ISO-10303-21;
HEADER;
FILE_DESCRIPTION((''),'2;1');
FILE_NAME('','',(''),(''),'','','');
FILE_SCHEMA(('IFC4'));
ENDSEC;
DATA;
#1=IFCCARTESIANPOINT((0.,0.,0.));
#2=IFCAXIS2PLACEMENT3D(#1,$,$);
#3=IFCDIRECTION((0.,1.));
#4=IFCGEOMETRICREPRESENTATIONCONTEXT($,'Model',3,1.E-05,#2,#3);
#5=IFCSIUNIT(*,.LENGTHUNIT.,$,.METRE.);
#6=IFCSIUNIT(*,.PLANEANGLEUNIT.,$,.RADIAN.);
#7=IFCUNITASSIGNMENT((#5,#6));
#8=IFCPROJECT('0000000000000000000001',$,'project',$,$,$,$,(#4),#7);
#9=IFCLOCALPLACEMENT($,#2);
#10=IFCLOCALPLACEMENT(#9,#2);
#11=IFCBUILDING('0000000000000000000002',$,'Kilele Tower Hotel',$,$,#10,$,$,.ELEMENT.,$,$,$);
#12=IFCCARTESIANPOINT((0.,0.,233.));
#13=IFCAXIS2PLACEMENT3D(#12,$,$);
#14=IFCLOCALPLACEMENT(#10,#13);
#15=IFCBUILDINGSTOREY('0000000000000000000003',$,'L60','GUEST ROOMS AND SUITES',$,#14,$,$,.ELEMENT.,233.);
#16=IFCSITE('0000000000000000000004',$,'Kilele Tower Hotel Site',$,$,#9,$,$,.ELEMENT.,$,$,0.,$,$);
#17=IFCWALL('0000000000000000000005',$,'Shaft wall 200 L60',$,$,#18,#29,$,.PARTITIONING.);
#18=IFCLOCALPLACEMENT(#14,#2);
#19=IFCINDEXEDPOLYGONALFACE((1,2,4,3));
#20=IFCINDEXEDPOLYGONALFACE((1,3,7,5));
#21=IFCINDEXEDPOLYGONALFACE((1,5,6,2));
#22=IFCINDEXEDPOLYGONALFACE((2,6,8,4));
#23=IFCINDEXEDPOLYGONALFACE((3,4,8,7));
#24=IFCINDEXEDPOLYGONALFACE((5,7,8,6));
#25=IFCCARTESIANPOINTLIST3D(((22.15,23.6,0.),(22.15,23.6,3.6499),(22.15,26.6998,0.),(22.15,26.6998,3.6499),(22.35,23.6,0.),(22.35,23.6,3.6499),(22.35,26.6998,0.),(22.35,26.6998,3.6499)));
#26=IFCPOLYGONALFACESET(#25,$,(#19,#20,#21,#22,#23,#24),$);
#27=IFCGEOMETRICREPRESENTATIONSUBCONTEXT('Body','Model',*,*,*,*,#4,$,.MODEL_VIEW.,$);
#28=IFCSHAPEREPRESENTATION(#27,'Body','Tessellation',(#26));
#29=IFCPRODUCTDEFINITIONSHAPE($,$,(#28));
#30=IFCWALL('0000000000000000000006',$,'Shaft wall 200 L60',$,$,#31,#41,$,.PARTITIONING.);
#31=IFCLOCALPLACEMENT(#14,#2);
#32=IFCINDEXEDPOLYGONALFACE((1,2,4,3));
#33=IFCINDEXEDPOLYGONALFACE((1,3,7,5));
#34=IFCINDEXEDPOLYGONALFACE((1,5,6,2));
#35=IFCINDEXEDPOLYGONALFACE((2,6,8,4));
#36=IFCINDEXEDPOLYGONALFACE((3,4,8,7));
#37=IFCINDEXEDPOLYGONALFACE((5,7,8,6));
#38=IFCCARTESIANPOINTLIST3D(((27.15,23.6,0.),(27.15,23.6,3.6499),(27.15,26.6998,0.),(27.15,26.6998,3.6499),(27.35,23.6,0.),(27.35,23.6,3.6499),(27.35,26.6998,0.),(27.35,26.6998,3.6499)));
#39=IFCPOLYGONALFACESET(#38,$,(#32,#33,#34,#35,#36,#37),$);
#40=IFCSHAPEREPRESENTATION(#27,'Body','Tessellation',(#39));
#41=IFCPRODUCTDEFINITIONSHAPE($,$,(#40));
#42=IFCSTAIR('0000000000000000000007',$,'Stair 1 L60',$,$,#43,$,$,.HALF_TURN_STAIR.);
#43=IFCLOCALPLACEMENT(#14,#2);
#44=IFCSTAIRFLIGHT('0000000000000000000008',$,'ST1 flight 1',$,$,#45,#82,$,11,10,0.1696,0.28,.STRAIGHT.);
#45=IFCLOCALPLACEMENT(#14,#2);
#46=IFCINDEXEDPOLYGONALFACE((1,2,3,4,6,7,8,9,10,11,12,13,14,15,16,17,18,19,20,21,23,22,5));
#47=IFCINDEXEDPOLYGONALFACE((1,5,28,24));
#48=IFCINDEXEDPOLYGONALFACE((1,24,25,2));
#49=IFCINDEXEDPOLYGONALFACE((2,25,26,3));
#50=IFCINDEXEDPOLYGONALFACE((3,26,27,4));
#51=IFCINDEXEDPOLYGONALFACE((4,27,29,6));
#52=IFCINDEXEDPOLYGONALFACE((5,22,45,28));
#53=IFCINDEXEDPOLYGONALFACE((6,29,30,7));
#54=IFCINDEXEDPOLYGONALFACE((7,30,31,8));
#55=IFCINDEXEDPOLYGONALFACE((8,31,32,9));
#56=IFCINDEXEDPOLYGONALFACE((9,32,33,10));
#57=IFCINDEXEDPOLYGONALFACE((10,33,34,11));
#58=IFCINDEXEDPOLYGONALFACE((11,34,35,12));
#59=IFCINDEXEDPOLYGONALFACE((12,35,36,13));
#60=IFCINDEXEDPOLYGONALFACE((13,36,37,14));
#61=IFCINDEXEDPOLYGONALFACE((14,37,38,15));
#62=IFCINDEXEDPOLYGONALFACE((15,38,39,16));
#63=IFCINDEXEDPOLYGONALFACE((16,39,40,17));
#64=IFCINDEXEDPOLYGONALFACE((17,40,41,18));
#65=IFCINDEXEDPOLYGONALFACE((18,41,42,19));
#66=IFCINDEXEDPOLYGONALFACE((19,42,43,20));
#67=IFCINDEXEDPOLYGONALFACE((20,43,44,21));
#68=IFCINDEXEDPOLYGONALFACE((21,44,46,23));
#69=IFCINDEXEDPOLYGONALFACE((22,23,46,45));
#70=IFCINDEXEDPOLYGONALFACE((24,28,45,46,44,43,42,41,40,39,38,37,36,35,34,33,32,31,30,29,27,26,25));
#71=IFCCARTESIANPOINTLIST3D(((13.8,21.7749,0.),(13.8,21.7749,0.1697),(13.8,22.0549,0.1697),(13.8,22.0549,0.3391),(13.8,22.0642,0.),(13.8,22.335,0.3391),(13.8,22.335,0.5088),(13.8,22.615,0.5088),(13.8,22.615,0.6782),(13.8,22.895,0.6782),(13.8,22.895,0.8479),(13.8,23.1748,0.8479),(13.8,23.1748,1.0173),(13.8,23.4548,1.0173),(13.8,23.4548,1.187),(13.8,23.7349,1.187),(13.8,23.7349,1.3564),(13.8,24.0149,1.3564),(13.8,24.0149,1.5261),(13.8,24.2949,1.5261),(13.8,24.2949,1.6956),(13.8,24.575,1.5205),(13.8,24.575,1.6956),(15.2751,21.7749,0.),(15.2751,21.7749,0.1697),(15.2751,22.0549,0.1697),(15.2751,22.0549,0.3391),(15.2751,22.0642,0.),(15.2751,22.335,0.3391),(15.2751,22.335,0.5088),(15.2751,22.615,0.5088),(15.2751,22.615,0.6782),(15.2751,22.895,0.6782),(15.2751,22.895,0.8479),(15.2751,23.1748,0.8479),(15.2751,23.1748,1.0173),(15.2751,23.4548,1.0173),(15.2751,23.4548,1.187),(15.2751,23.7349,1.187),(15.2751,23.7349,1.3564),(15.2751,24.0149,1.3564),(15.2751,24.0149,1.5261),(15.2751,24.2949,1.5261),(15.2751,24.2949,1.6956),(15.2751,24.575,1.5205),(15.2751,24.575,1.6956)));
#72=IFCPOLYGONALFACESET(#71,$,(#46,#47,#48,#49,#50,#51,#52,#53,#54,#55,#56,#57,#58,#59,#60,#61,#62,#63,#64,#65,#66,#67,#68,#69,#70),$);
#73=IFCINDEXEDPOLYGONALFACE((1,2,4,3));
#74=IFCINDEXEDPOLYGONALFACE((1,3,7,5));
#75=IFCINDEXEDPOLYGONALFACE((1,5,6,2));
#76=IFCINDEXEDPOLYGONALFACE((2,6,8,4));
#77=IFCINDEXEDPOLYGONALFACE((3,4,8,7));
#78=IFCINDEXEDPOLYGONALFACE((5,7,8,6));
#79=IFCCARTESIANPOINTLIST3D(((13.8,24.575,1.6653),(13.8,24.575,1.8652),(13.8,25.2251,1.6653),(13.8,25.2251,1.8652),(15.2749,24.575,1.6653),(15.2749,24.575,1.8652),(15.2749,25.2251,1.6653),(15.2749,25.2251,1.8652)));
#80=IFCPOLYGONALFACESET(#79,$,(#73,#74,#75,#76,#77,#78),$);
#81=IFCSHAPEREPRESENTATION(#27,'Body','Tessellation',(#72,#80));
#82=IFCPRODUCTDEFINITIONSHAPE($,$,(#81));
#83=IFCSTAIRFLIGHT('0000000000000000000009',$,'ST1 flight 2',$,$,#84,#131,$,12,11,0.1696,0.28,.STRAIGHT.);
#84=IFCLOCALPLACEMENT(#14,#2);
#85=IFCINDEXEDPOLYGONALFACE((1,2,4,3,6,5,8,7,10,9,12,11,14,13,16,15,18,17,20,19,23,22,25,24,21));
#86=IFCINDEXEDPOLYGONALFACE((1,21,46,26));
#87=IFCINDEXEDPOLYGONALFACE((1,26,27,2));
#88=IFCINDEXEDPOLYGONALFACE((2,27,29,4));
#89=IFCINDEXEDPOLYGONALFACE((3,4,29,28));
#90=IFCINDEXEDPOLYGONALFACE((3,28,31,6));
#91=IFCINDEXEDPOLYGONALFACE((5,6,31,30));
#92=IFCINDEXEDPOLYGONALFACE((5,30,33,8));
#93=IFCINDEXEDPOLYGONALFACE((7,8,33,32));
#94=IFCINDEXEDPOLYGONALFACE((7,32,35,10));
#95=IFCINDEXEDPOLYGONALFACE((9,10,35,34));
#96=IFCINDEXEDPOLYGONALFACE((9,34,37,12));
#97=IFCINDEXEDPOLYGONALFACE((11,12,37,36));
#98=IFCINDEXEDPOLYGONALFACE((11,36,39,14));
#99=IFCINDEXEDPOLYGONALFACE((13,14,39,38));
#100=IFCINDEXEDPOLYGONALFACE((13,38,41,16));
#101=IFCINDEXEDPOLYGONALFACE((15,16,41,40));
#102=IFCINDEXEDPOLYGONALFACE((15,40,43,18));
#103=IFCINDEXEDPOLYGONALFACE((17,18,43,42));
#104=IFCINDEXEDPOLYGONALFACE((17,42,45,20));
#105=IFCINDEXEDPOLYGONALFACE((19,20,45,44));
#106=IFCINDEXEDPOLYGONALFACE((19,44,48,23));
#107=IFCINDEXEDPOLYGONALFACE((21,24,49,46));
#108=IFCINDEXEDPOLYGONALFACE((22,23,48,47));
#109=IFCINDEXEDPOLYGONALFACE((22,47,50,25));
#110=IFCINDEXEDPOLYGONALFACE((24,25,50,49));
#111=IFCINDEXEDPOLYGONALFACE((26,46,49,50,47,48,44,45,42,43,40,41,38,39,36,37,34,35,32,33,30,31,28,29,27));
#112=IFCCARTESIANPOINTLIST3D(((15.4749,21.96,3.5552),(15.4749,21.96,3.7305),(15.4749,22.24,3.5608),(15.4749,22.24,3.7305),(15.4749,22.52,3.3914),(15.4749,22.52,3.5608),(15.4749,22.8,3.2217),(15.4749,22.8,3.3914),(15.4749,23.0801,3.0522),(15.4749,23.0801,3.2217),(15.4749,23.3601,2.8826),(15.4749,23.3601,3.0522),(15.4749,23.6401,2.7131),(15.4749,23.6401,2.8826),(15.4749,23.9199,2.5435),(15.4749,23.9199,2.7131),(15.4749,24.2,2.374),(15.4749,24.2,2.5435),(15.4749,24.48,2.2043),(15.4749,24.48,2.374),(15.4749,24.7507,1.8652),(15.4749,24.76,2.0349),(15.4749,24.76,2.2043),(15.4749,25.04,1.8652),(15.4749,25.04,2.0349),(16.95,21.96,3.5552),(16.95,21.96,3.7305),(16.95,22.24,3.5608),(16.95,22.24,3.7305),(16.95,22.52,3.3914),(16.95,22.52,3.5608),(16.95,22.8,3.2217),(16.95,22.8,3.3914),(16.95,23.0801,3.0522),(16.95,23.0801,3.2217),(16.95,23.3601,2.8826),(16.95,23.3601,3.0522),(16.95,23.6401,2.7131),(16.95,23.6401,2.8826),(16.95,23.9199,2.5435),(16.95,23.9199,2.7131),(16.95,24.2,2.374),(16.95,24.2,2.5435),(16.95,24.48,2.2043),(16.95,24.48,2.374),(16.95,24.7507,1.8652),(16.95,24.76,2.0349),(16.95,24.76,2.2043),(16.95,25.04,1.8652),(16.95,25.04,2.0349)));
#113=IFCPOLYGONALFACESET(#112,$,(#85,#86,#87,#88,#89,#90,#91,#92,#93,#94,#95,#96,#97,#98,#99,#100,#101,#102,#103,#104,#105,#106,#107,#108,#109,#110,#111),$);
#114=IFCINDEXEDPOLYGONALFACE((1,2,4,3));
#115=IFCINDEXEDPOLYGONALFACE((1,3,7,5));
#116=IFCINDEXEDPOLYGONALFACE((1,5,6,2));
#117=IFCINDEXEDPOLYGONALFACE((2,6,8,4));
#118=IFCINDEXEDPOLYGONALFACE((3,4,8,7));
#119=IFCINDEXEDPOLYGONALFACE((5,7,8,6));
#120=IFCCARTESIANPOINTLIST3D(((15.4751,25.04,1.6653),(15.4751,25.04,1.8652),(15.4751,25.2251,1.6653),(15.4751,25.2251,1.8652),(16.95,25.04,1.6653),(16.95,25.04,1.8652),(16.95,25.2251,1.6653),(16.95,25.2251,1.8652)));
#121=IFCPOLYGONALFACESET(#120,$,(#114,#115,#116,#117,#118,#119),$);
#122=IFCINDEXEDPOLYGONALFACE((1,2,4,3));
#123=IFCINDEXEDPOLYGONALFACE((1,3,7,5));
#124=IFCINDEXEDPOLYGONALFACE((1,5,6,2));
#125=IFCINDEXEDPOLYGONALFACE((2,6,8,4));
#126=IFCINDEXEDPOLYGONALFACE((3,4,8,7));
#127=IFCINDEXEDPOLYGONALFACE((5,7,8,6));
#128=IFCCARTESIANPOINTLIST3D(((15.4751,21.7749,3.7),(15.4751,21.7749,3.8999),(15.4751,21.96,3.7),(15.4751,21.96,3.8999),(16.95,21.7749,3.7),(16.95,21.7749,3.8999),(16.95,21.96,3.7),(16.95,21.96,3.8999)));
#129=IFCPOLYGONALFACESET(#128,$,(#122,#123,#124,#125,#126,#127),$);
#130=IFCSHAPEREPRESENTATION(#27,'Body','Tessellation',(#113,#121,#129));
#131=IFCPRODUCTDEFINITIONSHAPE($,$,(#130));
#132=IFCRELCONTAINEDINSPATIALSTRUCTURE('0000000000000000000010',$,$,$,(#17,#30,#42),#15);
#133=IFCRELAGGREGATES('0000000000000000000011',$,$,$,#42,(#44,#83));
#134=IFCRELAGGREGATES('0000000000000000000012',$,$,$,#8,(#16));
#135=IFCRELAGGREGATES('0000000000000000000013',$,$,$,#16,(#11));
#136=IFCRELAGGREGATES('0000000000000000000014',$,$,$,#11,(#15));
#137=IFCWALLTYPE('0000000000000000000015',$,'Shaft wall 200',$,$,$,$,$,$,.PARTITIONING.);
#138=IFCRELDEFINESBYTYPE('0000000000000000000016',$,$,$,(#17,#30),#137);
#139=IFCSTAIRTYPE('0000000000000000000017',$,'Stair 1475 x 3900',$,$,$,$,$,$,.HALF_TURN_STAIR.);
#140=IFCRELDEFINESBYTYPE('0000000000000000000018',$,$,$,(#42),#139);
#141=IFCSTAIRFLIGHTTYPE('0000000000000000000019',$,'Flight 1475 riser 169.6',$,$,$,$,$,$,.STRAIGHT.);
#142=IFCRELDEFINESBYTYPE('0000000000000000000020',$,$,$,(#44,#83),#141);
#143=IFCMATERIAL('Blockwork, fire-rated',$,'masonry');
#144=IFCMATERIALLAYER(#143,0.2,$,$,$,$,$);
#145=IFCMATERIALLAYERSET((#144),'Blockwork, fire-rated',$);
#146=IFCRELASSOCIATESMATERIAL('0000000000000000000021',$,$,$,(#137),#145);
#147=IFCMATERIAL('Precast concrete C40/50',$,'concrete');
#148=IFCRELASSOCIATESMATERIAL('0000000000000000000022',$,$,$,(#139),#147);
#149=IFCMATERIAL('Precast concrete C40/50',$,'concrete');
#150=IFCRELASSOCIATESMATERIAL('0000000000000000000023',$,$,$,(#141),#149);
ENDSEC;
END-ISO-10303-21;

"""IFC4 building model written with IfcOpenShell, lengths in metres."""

from ifc_helpers import new_model, si_unit, direction, frame, frame_2d, origin, place, context, subcontext, project, spatial, polyline, rectangle, outline, extrude, material, layer, layer_set, type_object, element, aggregate, save


model = new_model("IFC4")

# Units and contexts
model_context = context("Model", 3, precision=1e-05, world=origin(), true_north=direction((0.0, 1.0)))
body_context = subcontext(model_context, "Body", "Model", "MODEL_VIEW")
ifc_project = project(units=[si_unit("LENGTHUNIT", "METRE"), si_unit("PLANEANGLEUNIT", "RADIAN")], contexts=[model_context])

# Site, building, storey
site_placement = place(None, origin())
site = spatial("IfcSite", under=ifc_project, at=site_placement, Name="Kilele Tower Hotel Site", CompositionType="ELEMENT", RefElevation=0.0)
building_placement = place(site_placement, origin())
building = spatial("IfcBuilding", under=site, at=building_placement, Name="Kilele Tower Hotel", CompositionType="ELEMENT")
storey_placement = place(building_placement, frame((0.0, 0.0, 233.0)))
storey = spatial("IfcBuildingStorey", under=building, at=storey_placement, Name="L60", Description="GUEST ROOMS AND SUITES", CompositionType="ELEMENT", Elevation=233.0)

# Shared definitions
ifc_material_1 = material(Name="Blockwork, fire-rated", Category="masonry")
ifc_layer_1 = layer(ifc_material_1, 0.2)
ifc_layer_set_1 = layer_set([ifc_layer_1], Name="Blockwork, fire-rated")
wall_type_1 = type_object("IfcWallType", Name="Shaft wall 200", PredefinedType="PARTITIONING", material=ifc_layer_set_1)

# Walls
for number, where, z_axis, x_axis, name in (
    (1, (22.25, 23.6001, 0.0), (0.0, 0.0, 1.0), (0.0, 1.0, 0.0), "Shaft wall 200 L60"),
    (2, (27.25, 23.6001, 0.0), (0.0, 0.0, 1.0), (0.0, 1.0, 0.0), "Shaft wall 200 L60"),
):
    element("IfcWall", number, at=place(storey_placement, frame(where, z_axis=z_axis, x_axis=x_axis)), inside=storey, type_object=wall_type_1, Name=name, PredefinedType="PARTITIONING", context=body_context, shape_type="SweptSolid", body=[
        extrude(rectangle(XDim=3.0999, YDim=0.2, at=frame_2d((1.5498, 0.0))), origin(), (0.0, 0.0, 1.0), 3.6499),
    ])

# Stair, stair flights
ifc_material_2 = material(Name="Precast concrete C40/50", Category="concrete")
stair_type = type_object("IfcStairType", Name="Stair 1475 x 3900", PredefinedType="HALF_TURN_STAIR", material=ifc_material_2)
stair_placement = place(storey_placement, origin())
stair = element("IfcStair", 3, at=stair_placement, inside=storey, type_object=stair_type, Name="Stair 1 L60", PredefinedType="HALF_TURN_STAIR")
ifc_material_3 = material(Name="Precast concrete C40/50", Category="concrete")
stair_flight_type = type_object("IfcStairFlightType", Name="Flight 1475 riser 169.6", PredefinedType="STRAIGHT", material=ifc_material_3)
stair_flight_1_placement = place(storey_placement, frame((14.5376, 21.7749, 0.0), z_axis=(0.0, 0.0, 1.0), x_axis=(0.0, 1.0, 0.0)))
stair_flight_1 = element("IfcStairFlight", 4, at=stair_flight_1_placement, type_object=stair_flight_type, Name="ST1 flight 1", NumberOfRisers=11, NumberOfTreads=10, PredefinedType="STRAIGHT", RiserHeight=0.1696, TreadLength=0.28, context=body_context, shape_type="SweptSolid", body=[
    extrude(outline(polyline([(0.0, 0.0), (0.0, 0.1697), (0.28, 0.1697), (0.28, 0.3391), (0.5601, 0.3391), (0.5601, 0.5088), (0.8401, 0.5088), (0.8401, 0.6782), (1.1201, 0.6782), (1.1201, 0.8479), (1.3999, 0.8479), (1.3999, 1.0173), (1.6799, 1.0173), (1.6799, 1.187), (1.96, 1.187), (1.96, 1.3564), (2.24, 1.3564), (2.24, 1.5261), (2.52, 1.5261), (2.52, 1.6956), (2.8, 1.6956), (2.8, 1.8652), (2.8, 1.5205), (0.2893, 0.0), (0.0, 0.0)])), frame((0.0, 0.7375, 0.0), z_axis=(0.0, -1.0, 0.0), x_axis=(1.0, 0.0, 0.0)), (0.0, 0.0, 1.0), 1.4751),
    extrude(outline(polyline([(2.8, 0.7375), (2.8, -0.7373), (3.4502, -0.7373), (3.4502, 0.7375), (2.8, 0.7375)])), frame((0.0, 0.0, 1.6653)), (0.0, 0.0, 1.0), 0.2),
])
stair_flight_2_placement = place(storey_placement, frame((16.2124, 25.04, 1.8652), z_axis=(0.0, 0.0, 1.0), x_axis=(0.0, -1.0, 0.0)))
stair_flight_2 = element("IfcStairFlight", 5, at=stair_flight_2_placement, type_object=stair_flight_type, Name="ST1 flight 2", NumberOfRisers=12, NumberOfTreads=11, PredefinedType="STRAIGHT", RiserHeight=0.1696, TreadLength=0.28, context=body_context, shape_type="SweptSolid", body=[
    extrude(outline(polyline([(0.0, 0.0), (0.0, 0.1697), (0.28, 0.1697), (0.28, 0.3391), (0.5601, 0.3391), (0.5601, 0.5088), (0.8401, 0.5088), (0.8401, 0.6782), (1.1201, 0.6782), (1.1201, 0.8479), (1.3999, 0.8479), (1.3999, 1.0173), (1.6799, 1.0173), (1.6799, 1.187), (1.96, 1.187), (1.96, 1.3564), (2.24, 1.3564), (2.24, 1.5261), (2.52, 1.5261), (2.52, 1.6956), (2.8, 1.6956), (2.8, 1.8652), (3.0801, 1.8652), (3.0801, 2.0347), (3.0801, 1.6899), (0.2893, 0.0), (0.0, 0.0)])), frame((0.0, 0.7375, 0.0), z_axis=(0.0, -1.0, 0.0), x_axis=(1.0, 0.0, 0.0)), (0.0, 0.0, 1.0), 1.4751),
    extrude(outline(polyline([(0.0, -0.7373), (0.0, 0.7375), (-0.1851, 0.7375), (-0.1851, -0.7373), (0.0, -0.7373)])), frame((0.0, 0.0, -0.2)), (0.0, 0.0, 1.0), 0.2),
    extrude(outline(polyline([(3.2651, -0.7373), (3.2651, 0.7375), (3.0801, 0.7375), (3.0801, -0.7373), (3.2651, -0.7373)])), frame((0.0, 0.0, 1.8347)), (0.0, 0.0, 1.0), 0.2),
])
aggregate(stair, [stair_flight_1, stair_flight_2])

save(model, "model.ifc")
